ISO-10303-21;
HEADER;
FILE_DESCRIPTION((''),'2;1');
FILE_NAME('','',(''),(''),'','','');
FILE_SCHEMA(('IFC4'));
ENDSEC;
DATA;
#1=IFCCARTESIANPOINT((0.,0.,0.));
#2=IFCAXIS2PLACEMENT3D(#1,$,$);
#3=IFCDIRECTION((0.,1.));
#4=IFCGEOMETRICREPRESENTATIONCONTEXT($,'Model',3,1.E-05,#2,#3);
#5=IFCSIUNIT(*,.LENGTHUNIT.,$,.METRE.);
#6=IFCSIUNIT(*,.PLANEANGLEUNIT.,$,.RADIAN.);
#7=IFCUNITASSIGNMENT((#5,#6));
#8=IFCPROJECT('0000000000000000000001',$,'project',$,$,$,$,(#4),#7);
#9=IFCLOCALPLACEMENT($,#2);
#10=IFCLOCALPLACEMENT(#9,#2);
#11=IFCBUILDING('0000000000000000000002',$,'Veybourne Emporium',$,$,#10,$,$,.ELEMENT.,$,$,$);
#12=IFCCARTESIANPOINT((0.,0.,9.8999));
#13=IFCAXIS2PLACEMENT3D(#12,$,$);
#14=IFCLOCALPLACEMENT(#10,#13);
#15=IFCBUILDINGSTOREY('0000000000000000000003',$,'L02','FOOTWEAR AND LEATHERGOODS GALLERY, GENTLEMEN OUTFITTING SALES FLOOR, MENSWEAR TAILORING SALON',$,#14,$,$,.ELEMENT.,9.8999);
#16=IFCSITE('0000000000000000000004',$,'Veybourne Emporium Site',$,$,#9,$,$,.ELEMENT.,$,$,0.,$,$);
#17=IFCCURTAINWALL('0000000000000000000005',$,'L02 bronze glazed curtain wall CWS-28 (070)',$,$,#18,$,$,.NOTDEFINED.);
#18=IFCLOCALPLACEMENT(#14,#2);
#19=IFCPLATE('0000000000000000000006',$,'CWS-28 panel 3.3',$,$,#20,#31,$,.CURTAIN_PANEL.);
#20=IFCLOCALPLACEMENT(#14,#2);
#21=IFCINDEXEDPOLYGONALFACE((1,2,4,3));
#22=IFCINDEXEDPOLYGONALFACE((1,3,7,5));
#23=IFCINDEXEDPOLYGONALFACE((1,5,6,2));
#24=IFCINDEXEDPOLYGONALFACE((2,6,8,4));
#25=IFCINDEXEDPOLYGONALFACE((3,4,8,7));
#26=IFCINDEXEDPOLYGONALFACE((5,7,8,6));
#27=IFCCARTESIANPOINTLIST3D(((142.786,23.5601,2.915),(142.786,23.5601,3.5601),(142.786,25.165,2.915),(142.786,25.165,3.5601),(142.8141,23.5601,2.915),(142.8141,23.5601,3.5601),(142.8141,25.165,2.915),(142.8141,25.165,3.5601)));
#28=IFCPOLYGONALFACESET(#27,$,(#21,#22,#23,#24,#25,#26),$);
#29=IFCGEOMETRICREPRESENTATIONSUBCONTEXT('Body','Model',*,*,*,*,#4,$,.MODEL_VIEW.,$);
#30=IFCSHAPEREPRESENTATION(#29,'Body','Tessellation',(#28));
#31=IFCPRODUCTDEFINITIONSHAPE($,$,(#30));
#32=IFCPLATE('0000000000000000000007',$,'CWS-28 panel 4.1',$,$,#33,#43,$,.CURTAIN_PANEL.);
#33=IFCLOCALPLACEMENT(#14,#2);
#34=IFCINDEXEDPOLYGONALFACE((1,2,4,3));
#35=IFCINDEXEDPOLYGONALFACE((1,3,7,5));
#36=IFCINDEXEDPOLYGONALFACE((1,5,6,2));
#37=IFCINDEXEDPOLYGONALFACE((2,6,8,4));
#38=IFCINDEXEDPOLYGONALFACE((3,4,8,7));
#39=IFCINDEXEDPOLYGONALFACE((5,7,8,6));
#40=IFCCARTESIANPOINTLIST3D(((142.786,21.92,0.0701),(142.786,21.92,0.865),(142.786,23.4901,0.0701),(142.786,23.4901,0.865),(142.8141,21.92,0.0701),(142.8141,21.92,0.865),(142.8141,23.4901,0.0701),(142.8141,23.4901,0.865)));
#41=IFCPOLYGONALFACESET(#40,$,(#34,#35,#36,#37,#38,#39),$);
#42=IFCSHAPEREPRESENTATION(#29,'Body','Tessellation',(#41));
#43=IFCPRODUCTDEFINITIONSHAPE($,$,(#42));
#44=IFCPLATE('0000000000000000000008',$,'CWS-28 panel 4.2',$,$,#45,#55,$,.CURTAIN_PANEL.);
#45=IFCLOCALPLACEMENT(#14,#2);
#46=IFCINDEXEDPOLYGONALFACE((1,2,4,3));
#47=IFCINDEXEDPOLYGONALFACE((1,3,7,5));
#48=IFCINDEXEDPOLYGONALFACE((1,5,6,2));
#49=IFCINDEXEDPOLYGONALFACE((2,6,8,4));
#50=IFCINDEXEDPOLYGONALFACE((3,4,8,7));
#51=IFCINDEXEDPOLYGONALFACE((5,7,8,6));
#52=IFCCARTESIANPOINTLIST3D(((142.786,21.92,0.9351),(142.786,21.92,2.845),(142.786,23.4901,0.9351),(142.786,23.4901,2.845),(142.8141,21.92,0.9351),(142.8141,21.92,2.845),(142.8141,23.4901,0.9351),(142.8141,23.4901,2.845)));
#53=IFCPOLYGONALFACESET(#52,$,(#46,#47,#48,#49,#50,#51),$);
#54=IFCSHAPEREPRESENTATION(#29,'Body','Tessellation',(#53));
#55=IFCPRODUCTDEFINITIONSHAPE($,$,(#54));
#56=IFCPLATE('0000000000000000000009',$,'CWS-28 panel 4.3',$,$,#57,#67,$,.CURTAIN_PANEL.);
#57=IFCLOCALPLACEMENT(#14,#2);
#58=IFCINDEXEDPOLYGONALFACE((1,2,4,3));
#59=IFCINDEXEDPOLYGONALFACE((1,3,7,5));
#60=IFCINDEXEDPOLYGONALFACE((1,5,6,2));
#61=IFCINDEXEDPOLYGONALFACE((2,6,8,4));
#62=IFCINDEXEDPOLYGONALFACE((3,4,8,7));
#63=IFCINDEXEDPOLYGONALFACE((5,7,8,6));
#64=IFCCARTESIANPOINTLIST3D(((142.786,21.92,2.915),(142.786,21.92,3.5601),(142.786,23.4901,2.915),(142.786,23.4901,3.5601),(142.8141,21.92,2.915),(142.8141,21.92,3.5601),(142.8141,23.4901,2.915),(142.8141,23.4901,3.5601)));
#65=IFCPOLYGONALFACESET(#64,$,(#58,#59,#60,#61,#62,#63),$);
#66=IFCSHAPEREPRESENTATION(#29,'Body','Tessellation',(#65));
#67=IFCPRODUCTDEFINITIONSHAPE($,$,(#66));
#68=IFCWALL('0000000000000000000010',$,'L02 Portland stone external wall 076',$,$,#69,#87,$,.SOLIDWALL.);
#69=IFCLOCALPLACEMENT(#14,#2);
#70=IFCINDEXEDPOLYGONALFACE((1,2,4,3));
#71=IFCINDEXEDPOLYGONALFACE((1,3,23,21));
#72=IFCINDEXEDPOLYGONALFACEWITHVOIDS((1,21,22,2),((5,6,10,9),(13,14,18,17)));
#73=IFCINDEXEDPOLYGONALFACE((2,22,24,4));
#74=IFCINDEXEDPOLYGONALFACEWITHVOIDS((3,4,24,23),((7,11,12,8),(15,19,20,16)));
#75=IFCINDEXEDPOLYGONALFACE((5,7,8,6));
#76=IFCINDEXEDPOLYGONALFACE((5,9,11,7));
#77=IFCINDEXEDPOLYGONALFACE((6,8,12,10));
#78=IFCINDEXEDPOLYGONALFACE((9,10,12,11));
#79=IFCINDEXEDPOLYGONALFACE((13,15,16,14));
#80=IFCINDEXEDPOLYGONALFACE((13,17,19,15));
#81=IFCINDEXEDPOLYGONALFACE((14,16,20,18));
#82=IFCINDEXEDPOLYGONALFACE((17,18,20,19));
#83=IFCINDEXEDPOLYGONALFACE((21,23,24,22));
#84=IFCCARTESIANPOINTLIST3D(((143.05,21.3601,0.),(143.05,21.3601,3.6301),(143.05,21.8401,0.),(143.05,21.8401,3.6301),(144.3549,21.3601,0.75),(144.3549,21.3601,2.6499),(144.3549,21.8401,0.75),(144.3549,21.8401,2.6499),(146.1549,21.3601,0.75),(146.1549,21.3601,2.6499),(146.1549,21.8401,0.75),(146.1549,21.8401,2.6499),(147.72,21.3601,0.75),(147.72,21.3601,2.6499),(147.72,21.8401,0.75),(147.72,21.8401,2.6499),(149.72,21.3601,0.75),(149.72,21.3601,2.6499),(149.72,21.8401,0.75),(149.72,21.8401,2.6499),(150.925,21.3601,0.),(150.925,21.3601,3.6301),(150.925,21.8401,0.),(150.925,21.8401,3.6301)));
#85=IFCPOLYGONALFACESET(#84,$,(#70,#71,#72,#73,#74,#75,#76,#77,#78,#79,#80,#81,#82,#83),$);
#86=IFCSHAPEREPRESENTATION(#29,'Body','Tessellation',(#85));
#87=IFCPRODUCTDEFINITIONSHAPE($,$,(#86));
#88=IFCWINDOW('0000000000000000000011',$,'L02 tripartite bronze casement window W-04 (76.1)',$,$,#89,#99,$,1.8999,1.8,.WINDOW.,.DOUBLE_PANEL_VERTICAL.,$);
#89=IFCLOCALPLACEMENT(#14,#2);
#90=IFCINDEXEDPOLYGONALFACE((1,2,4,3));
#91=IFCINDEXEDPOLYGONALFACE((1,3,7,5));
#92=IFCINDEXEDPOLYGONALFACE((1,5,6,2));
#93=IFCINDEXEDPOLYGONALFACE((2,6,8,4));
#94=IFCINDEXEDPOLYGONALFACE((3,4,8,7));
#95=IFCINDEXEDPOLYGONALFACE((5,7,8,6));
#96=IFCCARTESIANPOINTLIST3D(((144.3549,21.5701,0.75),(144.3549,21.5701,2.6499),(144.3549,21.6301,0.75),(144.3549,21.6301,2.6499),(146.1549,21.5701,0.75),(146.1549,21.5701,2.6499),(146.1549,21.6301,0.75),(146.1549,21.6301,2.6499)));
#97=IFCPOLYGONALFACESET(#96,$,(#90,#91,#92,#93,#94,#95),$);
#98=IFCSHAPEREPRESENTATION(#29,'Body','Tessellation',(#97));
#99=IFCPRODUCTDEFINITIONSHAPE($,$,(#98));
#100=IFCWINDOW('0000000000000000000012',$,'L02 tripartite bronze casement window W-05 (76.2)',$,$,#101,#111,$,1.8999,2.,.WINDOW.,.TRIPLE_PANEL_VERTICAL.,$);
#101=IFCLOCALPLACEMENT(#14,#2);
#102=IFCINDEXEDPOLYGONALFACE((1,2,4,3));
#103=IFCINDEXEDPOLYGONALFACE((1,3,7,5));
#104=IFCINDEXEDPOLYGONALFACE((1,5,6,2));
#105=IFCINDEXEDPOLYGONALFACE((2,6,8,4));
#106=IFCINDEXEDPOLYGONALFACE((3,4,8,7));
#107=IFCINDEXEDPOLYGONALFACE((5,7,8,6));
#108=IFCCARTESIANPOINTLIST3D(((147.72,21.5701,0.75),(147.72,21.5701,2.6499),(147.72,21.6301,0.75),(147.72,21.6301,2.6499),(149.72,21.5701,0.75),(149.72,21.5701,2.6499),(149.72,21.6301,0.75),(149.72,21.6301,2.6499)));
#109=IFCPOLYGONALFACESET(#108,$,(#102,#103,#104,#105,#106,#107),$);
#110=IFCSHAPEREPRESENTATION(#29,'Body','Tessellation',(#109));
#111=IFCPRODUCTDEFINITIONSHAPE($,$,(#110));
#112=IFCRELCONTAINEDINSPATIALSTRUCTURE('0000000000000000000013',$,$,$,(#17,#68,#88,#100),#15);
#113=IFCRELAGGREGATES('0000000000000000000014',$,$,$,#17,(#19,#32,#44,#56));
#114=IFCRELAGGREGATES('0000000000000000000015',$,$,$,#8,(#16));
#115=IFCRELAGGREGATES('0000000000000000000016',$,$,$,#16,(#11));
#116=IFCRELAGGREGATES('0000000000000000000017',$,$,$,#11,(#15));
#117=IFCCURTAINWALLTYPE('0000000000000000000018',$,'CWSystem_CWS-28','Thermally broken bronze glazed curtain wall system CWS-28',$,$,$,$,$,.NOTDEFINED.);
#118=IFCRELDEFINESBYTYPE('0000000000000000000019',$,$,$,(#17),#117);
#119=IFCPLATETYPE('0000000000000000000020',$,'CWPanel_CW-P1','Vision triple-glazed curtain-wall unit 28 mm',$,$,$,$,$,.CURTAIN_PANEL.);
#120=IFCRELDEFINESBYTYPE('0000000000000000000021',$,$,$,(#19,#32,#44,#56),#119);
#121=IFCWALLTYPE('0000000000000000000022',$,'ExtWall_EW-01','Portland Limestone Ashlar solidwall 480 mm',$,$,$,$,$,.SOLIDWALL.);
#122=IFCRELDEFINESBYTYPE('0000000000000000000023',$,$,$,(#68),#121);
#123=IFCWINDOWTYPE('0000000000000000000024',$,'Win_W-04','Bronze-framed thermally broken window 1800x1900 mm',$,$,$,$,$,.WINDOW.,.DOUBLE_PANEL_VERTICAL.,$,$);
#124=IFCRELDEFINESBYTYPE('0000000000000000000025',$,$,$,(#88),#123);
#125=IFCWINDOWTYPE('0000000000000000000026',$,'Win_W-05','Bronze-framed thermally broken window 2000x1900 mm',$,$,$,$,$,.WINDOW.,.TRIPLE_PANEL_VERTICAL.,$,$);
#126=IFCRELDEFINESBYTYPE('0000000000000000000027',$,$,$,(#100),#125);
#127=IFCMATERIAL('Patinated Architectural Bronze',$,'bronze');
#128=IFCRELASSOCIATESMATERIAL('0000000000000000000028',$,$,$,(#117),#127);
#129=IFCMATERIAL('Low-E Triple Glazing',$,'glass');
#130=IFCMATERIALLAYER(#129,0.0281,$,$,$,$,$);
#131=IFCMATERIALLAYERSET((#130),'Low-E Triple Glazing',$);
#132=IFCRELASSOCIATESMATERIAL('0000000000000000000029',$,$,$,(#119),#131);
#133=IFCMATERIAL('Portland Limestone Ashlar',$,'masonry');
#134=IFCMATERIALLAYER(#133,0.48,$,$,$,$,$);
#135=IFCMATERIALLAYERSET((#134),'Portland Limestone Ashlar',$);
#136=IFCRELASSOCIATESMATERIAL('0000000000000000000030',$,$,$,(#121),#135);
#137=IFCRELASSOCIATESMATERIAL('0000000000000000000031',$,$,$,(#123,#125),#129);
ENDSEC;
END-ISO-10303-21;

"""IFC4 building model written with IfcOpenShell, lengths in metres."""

from ifc_helpers import new_model, si_unit, direction, frame, frame_2d, origin, origin_2d, place, context, subcontext, project, spatial, rectangle, extrude, material, layer, layer_set, type_object, element, fill, aggregate, save


model = new_model("IFC4")

# Units and contexts
model_context = context("Model", 3, precision=1e-05, world=origin(), true_north=direction((0.0, 1.0)))
body_context = subcontext(model_context, "Body", "Model", "MODEL_VIEW")
ifc_project = project(units=[si_unit("LENGTHUNIT", "METRE"), si_unit("PLANEANGLEUNIT", "RADIAN")], contexts=[model_context])

# Site, building, storey
site_placement = place(None, origin())
site = spatial("IfcSite", under=ifc_project, at=site_placement, Name="Veybourne Emporium Site", CompositionType="ELEMENT", RefElevation=0.0)
building_placement = place(site_placement, origin())
building = spatial("IfcBuilding", under=site, at=building_placement, Name="Veybourne Emporium", CompositionType="ELEMENT")
storey_placement = place(building_placement, frame((0.0, 0.0, 9.8999)))
storey = spatial("IfcBuildingStorey", under=building, at=storey_placement, Name="L02", Description="FOOTWEAR AND LEATHERGOODS GALLERY, GENTLEMEN OUTFITTING SALES FLOOR, MENSWEAR TAILORING SALON", CompositionType="ELEMENT", Elevation=9.8999)

# Curtain wall
ifc_material_1 = material(Name="Patinated Architectural Bronze", Category="bronze")
curtain_wall_type = type_object("IfcCurtainWallType", Name="CWSystem_CWS-28", Description="Thermally broken bronze glazed curtain wall system CWS-28", PredefinedType="NOTDEFINED", material=ifc_material_1)
curtain_wall_placement = place(storey_placement, origin())
curtain_wall = element("IfcCurtainWall", 1, at=curtain_wall_placement, inside=storey, type_object=curtain_wall_type, Name="L02 bronze glazed curtain wall CWS-28 (070)", PredefinedType="NOTDEFINED")

# Plates
ifc_material_2 = material(Name="Low-E Triple Glazing", Category="glass")
ifc_layer_1 = layer(ifc_material_2, 0.0281)
ifc_layer_set_1 = layer_set([ifc_layer_1], Name="Low-E Triple Glazing")
plate_type = type_object("IfcPlateType", Name="CWPanel_CW-P1", Description="Vision triple-glazed curtain-wall unit 28 mm", PredefinedType="CURTAIN_PANEL", material=ifc_layer_set_1)
plate_1_placement = place(storey_placement, frame((142.8, 24.3625, 2.915), z_axis=(0.0, 0.0, 1.0), x_axis=(0.0, -1.0, 0.0)))
plate_1 = element("IfcPlate", 2, at=plate_1_placement, type_object=plate_type, Name="CWS-28 panel 3.3", PredefinedType="CURTAIN_PANEL", context=body_context, shape_type="SweptSolid", body=[
    extrude(rectangle(XDim=1.605, YDim=0.0281, at=origin_2d()), origin(), (0.0, 0.0, 1.0), 0.645),
])
plate_2_placement = place(storey_placement, frame((142.8, 22.7051, 0.0701), z_axis=(0.0, 0.0, 1.0), x_axis=(0.0, -1.0, 0.0)))
plate_2 = element("IfcPlate", 3, at=plate_2_placement, type_object=plate_type, Name="CWS-28 panel 4.1", PredefinedType="CURTAIN_PANEL", context=body_context, shape_type="SweptSolid", body=[
    extrude(rectangle(XDim=1.5701, YDim=0.0281, at=origin_2d()), origin(), (0.0, 0.0, 1.0), 0.7949),
])
plate_3_placement = place(storey_placement, frame((142.8, 22.7051, 0.9351), z_axis=(0.0, 0.0, 1.0), x_axis=(0.0, -1.0, 0.0)))
plate_3 = element("IfcPlate", 4, at=plate_3_placement, type_object=plate_type, Name="CWS-28 panel 4.2", PredefinedType="CURTAIN_PANEL", context=body_context, shape_type="SweptSolid", body=[
    extrude(rectangle(XDim=1.5701, YDim=0.0281, at=origin_2d()), origin(), (0.0, 0.0, 1.0), 1.9099),
])
plate_4_placement = place(storey_placement, frame((142.8, 22.7051, 2.915), z_axis=(0.0, 0.0, 1.0), x_axis=(0.0, -1.0, 0.0)))
plate_4 = element("IfcPlate", 5, at=plate_4_placement, type_object=plate_type, Name="CWS-28 panel 4.3", PredefinedType="CURTAIN_PANEL", context=body_context, shape_type="SweptSolid", body=[
    extrude(rectangle(XDim=1.5701, YDim=0.0281, at=origin_2d()), origin(), (0.0, 0.0, 1.0), 0.645),
])
aggregate(curtain_wall, [plate_1, plate_2, plate_3, plate_4])

# Wall, openings, windows
ifc_material_3 = material(Name="Portland Limestone Ashlar", Category="masonry")
ifc_layer_2 = layer(ifc_material_3, 0.48)
ifc_layer_set_2 = layer_set([ifc_layer_2], Name="Portland Limestone Ashlar")
wall_type = type_object("IfcWallType", Name="ExtWall_EW-01", Description="Portland Limestone Ashlar solidwall 480 mm", PredefinedType="SOLIDWALL", material=ifc_layer_set_2)
wall_placement = place(storey_placement, frame((143.05, 21.6001, 0.0), z_axis=(0.0, 0.0, 1.0), x_axis=(1.0, 0.0, 0.0)))
wall = element("IfcWall", 6, at=wall_placement, inside=storey, type_object=wall_type, Name="L02 Portland stone external wall 076", PredefinedType="SOLIDWALL", context=body_context, shape_type="SweptSolid", body=[
    extrude(rectangle(XDim=7.875, YDim=0.48, at=frame_2d((3.9375, 0.0))), origin(), (0.0, 0.0, 1.0), 3.6301),
])
opening_1_placement = place(wall_placement, frame((1.3049, 0.0, 0.75)))
opening_1 = element("IfcOpeningElement", 7, at=opening_1_placement, cuts=wall, PredefinedType="OPENING", context=body_context, shape_type="SweptSolid", body=[
    extrude(rectangle(XDim=1.8, YDim=1.8999, at=frame_2d((0.8999, 0.95))), frame((0.0, 0.26, 0.0), z_axis=(0.0, -1.0, 0.0), x_axis=(1.0, 0.0, 0.0)), (0.0, 0.0, 1.0), 0.52),
])
opening_2_placement = place(wall_placement, frame((4.6699, 0.0, 0.75)))
opening_2 = element("IfcOpeningElement", 8, at=opening_2_placement, cuts=wall, PredefinedType="OPENING", context=body_context, shape_type="SweptSolid", body=[
    extrude(rectangle(XDim=2.0, YDim=1.8999, at=frame_2d((1.0, 0.95))), frame((0.0, 0.26, 0.0), z_axis=(0.0, -1.0, 0.0), x_axis=(1.0, 0.0, 0.0)), (0.0, 0.0, 1.0), 0.52),
])
window_type_1 = type_object("IfcWindowType", Name="Win_W-04", Description="Bronze-framed thermally broken window 1800x1900 mm", PartitioningType="DOUBLE_PANEL_VERTICAL", PredefinedType="WINDOW", material=ifc_material_2)
window_1_placement = place(opening_1_placement, origin())
window_1 = element("IfcWindow", 9, at=window_1_placement, inside=storey, type_object=window_type_1, Name="L02 tripartite bronze casement window W-04 (76.1)", OverallHeight=1.8999, OverallWidth=1.8, PartitioningType="DOUBLE_PANEL_VERTICAL", PredefinedType="WINDOW", context=body_context, shape_type="SweptSolid", body=[
    extrude(rectangle(XDim=1.8, YDim=1.8999, at=frame_2d((0.8999, 0.95))), frame((0.0, 0.03, 0.0), z_axis=(0.0, -1.0, 0.0), x_axis=(1.0, 0.0, 0.0)), (0.0, 0.0, 1.0), 0.0601),
])
fill(opening_1, window_1)
window_type_2 = type_object("IfcWindowType", Name="Win_W-05", Description="Bronze-framed thermally broken window 2000x1900 mm", PartitioningType="TRIPLE_PANEL_VERTICAL", PredefinedType="WINDOW", material=ifc_material_2)
window_2_placement = place(opening_2_placement, origin())
window_2 = element("IfcWindow", 10, at=window_2_placement, inside=storey, type_object=window_type_2, Name="L02 tripartite bronze casement window W-05 (76.2)", OverallHeight=1.8999, OverallWidth=2.0, PartitioningType="TRIPLE_PANEL_VERTICAL", PredefinedType="WINDOW", context=body_context, shape_type="SweptSolid", body=[
    extrude(rectangle(XDim=2.0, YDim=1.8999, at=frame_2d((1.0, 0.95))), frame((0.0, 0.03, 0.0), z_axis=(0.0, -1.0, 0.0), x_axis=(1.0, 0.0, 0.0)), (0.0, 0.0, 1.0), 0.0601),
])
fill(opening_2, window_2)

save(model, "model.ifc")
